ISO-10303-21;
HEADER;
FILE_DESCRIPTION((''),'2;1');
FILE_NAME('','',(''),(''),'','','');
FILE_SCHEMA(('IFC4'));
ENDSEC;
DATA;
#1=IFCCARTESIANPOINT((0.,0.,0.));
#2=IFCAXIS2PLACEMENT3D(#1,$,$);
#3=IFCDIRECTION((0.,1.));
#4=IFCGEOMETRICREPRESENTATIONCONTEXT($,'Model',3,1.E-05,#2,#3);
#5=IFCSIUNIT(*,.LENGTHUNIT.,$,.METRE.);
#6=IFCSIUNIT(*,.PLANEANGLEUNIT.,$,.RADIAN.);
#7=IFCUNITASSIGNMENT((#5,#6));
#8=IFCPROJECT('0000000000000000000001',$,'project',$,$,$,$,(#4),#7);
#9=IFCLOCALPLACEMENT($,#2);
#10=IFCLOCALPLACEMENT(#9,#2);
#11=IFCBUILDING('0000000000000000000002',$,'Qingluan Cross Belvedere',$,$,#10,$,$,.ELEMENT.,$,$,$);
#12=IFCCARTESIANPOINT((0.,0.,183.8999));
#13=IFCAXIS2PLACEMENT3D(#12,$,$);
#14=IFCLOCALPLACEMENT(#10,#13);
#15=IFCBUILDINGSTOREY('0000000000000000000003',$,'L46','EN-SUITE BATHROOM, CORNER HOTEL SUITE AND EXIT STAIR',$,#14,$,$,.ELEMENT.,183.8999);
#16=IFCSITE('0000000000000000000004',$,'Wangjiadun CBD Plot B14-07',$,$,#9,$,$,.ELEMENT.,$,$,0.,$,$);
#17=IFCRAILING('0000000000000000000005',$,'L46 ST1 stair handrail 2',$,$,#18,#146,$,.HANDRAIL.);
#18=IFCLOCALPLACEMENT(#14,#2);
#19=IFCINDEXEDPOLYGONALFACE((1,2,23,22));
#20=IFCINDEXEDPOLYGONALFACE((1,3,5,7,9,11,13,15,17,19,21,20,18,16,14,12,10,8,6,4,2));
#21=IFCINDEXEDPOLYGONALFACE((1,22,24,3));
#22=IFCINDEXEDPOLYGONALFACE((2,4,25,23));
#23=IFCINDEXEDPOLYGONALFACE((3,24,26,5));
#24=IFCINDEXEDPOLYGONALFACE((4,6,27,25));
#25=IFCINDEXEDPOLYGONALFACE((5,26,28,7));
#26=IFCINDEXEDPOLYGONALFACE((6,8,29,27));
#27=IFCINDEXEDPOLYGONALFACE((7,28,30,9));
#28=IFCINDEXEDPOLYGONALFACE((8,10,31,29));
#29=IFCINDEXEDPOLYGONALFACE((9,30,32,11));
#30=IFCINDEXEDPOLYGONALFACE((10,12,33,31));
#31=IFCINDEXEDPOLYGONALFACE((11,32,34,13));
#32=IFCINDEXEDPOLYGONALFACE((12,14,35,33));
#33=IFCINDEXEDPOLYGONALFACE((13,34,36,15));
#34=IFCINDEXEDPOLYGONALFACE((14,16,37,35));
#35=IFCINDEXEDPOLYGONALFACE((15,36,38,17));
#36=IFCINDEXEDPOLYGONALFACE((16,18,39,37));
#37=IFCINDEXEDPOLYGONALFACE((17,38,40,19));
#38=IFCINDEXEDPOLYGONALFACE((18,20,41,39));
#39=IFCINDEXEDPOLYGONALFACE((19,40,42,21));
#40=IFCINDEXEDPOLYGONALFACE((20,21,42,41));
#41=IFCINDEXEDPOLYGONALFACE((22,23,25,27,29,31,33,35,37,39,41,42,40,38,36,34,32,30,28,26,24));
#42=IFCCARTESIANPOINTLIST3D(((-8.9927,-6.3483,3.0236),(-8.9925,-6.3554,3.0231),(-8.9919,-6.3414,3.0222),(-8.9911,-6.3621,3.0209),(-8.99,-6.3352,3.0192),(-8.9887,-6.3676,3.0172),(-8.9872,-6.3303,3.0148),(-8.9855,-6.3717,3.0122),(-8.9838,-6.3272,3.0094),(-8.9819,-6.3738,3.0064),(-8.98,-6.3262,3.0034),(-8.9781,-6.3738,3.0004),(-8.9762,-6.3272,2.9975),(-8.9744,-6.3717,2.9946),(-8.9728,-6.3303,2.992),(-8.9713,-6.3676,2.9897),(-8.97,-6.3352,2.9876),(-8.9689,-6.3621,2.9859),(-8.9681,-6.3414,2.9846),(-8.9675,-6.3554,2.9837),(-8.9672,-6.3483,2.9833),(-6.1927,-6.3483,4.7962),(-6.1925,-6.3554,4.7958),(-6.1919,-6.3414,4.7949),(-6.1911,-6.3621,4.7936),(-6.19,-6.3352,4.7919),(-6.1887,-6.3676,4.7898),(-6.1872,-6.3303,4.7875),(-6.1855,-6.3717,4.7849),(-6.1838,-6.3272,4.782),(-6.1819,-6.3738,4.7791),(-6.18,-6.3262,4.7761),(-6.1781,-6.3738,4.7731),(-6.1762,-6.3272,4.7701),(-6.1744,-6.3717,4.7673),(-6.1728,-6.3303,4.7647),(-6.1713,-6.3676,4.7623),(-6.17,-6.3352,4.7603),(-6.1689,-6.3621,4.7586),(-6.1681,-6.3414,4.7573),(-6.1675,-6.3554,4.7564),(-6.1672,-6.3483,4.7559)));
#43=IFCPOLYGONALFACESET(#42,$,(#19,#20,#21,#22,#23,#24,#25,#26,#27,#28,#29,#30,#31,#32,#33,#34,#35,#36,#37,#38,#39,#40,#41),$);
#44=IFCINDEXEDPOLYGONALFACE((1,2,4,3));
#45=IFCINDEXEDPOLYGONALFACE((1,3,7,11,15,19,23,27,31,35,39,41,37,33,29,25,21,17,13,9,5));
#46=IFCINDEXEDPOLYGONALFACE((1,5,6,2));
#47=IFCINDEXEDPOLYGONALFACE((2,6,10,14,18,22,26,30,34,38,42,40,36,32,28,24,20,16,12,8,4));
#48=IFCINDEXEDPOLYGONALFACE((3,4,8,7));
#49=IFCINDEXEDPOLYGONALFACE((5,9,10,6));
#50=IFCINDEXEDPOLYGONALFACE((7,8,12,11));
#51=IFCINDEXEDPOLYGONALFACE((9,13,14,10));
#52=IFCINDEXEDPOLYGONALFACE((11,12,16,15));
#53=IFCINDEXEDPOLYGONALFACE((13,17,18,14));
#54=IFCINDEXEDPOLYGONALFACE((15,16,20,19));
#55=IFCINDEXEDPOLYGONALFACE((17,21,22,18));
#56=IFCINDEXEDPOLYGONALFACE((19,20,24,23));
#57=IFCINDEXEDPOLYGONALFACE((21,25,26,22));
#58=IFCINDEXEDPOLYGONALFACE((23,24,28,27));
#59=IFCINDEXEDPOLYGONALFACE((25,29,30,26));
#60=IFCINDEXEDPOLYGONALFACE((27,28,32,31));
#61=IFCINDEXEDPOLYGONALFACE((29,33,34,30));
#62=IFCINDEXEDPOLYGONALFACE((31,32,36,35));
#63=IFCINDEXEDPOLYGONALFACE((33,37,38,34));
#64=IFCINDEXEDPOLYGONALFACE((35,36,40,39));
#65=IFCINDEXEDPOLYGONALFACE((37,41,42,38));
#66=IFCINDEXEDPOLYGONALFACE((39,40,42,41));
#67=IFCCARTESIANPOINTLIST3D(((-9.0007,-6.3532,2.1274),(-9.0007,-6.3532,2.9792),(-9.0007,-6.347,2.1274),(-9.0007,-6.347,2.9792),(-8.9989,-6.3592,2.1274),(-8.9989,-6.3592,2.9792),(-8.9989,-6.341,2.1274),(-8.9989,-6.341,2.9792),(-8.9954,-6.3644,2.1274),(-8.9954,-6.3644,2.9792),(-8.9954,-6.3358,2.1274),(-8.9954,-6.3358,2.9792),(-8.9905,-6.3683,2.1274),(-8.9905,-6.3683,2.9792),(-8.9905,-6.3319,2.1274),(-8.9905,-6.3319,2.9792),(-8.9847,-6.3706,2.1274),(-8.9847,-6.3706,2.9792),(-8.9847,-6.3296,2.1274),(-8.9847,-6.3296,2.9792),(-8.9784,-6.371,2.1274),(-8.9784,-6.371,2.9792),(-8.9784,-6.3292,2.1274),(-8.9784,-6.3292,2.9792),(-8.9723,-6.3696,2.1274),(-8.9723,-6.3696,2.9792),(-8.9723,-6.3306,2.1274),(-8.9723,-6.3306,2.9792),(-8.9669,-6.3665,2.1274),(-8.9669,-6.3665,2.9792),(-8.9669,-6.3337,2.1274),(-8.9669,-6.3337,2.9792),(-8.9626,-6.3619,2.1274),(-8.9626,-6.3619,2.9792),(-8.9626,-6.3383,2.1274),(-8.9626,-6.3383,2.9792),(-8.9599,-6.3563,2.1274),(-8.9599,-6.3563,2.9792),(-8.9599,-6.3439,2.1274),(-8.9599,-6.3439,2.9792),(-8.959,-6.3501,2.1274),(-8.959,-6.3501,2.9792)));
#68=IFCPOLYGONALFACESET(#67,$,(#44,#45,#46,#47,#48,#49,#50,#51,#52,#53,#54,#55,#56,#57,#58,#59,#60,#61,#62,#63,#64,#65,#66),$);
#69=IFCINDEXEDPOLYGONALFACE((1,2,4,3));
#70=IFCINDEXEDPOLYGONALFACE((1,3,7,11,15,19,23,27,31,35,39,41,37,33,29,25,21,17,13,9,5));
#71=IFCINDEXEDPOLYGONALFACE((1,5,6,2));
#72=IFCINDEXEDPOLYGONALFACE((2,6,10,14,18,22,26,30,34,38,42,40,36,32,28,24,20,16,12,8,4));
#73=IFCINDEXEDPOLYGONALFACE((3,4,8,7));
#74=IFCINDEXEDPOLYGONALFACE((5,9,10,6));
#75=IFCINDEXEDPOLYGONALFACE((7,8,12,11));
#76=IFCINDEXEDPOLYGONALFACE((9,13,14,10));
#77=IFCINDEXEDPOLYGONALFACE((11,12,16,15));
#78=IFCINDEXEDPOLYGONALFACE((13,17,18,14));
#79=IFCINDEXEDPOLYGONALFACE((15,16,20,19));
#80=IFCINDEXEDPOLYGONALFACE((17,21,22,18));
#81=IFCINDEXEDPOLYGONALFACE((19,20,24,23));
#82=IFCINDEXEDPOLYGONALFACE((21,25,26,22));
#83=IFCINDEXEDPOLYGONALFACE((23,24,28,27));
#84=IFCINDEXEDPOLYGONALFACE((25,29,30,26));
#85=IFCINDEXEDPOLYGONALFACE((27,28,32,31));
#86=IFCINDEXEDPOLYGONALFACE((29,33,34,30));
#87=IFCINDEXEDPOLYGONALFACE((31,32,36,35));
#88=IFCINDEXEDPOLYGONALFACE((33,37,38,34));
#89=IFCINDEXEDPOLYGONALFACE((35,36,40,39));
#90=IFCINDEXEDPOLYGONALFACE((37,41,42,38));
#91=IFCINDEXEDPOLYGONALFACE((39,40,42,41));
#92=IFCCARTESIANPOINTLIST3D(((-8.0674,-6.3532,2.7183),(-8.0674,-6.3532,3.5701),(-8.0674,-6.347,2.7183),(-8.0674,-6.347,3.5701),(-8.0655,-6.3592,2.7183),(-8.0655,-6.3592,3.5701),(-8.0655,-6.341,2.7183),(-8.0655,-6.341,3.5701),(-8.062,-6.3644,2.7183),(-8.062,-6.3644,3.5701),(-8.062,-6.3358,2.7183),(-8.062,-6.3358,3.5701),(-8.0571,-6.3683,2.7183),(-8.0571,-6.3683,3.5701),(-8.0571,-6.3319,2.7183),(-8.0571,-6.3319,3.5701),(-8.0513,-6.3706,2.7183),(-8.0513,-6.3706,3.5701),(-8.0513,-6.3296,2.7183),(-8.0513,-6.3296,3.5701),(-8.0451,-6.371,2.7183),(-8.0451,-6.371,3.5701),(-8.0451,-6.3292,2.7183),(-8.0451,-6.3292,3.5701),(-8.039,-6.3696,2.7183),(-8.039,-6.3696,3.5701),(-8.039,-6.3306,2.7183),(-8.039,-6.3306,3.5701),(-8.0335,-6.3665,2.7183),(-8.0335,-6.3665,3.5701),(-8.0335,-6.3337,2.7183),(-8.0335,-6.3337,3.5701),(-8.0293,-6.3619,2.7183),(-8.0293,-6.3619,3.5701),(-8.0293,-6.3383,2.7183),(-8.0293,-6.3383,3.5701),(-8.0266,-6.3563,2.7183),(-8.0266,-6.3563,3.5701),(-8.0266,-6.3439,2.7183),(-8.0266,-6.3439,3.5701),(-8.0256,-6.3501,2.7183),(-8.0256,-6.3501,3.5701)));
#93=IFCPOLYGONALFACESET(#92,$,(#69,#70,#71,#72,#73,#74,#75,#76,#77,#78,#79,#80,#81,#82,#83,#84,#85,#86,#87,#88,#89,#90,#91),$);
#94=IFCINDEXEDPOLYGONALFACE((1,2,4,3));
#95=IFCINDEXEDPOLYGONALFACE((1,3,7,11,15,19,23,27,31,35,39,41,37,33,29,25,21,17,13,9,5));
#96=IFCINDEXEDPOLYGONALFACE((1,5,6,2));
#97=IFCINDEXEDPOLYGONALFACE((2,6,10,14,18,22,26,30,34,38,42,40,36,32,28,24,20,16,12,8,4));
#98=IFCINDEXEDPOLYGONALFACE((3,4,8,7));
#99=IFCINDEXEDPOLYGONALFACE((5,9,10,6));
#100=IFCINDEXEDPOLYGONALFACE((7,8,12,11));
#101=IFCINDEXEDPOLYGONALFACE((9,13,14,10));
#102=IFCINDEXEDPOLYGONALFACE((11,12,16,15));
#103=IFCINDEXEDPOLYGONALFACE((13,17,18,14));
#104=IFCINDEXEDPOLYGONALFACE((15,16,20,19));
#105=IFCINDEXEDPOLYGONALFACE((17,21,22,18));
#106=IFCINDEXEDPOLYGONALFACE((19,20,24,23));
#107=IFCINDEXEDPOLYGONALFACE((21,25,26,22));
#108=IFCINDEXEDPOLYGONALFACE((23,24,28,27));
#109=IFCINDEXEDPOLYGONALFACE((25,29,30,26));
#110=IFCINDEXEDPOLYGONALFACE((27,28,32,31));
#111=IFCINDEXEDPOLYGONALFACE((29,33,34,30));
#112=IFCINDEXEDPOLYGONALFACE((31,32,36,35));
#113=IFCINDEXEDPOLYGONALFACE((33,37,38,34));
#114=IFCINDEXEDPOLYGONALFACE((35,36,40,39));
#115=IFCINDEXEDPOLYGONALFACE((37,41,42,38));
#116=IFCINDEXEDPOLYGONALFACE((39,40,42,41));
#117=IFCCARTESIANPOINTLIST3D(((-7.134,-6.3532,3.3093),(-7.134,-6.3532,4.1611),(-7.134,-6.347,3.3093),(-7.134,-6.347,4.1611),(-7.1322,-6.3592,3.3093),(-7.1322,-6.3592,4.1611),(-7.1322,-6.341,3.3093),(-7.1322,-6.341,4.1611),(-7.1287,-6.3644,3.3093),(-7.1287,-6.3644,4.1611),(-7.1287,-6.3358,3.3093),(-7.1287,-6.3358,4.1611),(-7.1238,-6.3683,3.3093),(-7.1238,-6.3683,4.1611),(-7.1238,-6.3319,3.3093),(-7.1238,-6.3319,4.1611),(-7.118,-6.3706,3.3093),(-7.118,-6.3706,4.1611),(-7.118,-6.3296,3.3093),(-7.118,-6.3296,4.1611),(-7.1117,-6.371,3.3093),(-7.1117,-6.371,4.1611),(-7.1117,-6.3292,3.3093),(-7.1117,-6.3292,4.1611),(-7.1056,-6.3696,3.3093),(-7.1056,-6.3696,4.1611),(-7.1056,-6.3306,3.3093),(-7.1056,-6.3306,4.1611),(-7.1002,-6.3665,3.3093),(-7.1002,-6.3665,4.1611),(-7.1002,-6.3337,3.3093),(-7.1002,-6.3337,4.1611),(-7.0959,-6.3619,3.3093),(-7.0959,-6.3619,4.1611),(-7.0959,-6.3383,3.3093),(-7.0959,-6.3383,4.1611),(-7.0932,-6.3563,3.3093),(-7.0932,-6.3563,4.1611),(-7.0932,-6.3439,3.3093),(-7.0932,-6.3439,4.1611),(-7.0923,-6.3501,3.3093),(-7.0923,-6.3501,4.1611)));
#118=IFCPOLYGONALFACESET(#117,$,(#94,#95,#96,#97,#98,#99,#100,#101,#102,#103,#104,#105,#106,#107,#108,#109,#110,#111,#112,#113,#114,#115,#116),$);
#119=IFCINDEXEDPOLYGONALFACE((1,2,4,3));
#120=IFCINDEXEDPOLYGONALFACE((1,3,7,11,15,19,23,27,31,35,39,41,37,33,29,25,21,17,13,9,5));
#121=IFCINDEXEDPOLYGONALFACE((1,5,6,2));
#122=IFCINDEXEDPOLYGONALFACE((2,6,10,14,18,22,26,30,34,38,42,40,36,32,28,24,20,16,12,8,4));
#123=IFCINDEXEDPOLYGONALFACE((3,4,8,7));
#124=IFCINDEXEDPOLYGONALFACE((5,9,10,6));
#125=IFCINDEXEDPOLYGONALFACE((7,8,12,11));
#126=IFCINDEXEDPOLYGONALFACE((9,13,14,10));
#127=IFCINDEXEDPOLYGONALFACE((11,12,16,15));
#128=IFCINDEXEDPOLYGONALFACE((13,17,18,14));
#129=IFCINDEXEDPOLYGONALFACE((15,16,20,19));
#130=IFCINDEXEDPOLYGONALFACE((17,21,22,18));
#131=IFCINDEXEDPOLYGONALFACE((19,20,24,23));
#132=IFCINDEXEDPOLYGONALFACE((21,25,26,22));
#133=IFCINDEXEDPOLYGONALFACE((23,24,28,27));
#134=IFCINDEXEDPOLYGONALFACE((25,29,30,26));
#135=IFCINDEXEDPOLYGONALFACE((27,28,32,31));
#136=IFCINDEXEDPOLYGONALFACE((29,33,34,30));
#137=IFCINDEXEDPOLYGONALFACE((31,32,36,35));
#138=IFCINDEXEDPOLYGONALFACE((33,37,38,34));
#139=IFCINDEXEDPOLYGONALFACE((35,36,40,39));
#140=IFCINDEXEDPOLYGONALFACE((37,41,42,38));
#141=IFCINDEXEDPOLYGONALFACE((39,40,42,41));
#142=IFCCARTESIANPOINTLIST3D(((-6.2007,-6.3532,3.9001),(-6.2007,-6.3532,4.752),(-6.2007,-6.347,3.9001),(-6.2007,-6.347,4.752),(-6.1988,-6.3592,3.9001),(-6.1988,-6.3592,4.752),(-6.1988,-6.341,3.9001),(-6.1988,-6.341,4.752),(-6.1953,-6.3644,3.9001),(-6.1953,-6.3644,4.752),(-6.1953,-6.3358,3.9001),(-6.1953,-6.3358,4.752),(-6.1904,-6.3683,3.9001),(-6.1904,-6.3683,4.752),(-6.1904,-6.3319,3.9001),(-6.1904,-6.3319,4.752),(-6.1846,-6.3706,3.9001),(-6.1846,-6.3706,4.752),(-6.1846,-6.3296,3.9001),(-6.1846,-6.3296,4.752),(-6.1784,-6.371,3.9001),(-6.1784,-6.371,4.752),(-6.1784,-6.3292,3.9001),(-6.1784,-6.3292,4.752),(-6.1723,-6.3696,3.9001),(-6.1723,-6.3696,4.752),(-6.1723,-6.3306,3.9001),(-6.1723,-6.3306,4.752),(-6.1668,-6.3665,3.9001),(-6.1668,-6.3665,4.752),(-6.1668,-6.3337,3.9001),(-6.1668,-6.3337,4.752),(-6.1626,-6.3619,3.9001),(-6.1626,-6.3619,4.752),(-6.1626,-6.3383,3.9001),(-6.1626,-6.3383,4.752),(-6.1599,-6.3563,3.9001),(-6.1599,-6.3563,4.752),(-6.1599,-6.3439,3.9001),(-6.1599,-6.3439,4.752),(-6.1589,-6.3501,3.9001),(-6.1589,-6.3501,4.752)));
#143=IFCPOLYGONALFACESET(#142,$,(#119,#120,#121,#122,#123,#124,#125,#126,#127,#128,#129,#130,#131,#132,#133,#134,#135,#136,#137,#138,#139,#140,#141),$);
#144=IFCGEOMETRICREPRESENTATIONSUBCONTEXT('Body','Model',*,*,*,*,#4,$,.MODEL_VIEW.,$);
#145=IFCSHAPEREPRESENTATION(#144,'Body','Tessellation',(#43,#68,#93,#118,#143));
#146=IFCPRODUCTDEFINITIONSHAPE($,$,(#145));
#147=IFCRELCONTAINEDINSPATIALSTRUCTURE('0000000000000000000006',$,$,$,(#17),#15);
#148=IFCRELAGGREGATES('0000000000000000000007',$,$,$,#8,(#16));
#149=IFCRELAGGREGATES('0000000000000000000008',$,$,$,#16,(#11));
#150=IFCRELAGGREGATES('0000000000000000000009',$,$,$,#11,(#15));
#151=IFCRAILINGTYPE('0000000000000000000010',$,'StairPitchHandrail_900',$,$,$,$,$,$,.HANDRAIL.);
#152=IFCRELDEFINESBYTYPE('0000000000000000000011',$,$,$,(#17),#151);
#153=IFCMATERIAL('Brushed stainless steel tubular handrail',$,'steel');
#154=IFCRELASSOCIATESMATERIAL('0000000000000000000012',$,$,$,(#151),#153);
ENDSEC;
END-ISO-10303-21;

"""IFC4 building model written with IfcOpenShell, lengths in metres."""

from ifc_helpers import new_model, si_unit, direction, frame, origin, origin_2d, place, context, subcontext, project, spatial, circle, extrude, material, type_object, element, save


model = new_model("IFC4")

# Units and contexts
model_context = context("Model", 3, precision=1e-05, world=origin(), true_north=direction((0.0, 1.0)))
body_context = subcontext(model_context, "Body", "Model", "MODEL_VIEW")
ifc_project = project(units=[si_unit("LENGTHUNIT", "METRE"), si_unit("PLANEANGLEUNIT", "RADIAN")], contexts=[model_context])

# Site, building, storey
site_placement = place(None, origin())
site = spatial("IfcSite", under=ifc_project, at=site_placement, Name="Wangjiadun CBD Plot B14-07", CompositionType="ELEMENT", RefElevation=0.0)
building_placement = place(site_placement, origin())
building = spatial("IfcBuilding", under=site, at=building_placement, Name="Qingluan Cross Belvedere", CompositionType="ELEMENT")
storey_placement = place(building_placement, frame((0.0, 0.0, 183.8999)))
storey = spatial("IfcBuildingStorey", under=building, at=storey_placement, Name="L46", Description="EN-SUITE BATHROOM, CORNER HOTEL SUITE AND EXIT STAIR", CompositionType="ELEMENT", Elevation=183.8999)

# Railing
ifc_material_1 = material(Name="Brushed stainless steel tubular handrail", Category="steel")
railing_type_1 = type_object("IfcRailingType", Name="StairPitchHandrail_900", PredefinedType="HANDRAIL", material=ifc_material_1)
railing_1_placement = place(storey_placement, frame((-8.98, -6.3501, 2.1274)))
element("IfcRailing", 1, at=railing_1_placement, inside=storey, type_object=railing_type_1, Name="L46 ST1 stair handrail 2", PredefinedType="HANDRAIL", context=body_context, shape_type="SweptSolid", body=[
    extrude(circle(Radius=0.0239, at=origin_2d()), frame((0.0, 0.0, 0.876), z_axis=(0.844909, 0.0, 0.53491), x_axis=(0.0, 1.0, 0.0)), (0.0, 0.0, 1.0), 3.314),
    extrude(circle(Radius=0.021, at=origin_2d()), origin(), (0.0, 0.0, 1.0), 0.8518),
    extrude(circle(Radius=0.021, at=origin_2d()), frame((0.9333, 0.0, 0.5908)), (0.0, 0.0, 1.0), 0.8518),
    extrude(circle(Radius=0.021, at=origin_2d()), frame((1.8667, 0.0, 1.1819)), (0.0, 0.0, 1.0), 0.8518),
    extrude(circle(Radius=0.021, at=origin_2d()), frame((2.8, 0.0, 1.7727)), (0.0, 0.0, 1.0), 0.8518),
])

save(model, "model.ifc")
